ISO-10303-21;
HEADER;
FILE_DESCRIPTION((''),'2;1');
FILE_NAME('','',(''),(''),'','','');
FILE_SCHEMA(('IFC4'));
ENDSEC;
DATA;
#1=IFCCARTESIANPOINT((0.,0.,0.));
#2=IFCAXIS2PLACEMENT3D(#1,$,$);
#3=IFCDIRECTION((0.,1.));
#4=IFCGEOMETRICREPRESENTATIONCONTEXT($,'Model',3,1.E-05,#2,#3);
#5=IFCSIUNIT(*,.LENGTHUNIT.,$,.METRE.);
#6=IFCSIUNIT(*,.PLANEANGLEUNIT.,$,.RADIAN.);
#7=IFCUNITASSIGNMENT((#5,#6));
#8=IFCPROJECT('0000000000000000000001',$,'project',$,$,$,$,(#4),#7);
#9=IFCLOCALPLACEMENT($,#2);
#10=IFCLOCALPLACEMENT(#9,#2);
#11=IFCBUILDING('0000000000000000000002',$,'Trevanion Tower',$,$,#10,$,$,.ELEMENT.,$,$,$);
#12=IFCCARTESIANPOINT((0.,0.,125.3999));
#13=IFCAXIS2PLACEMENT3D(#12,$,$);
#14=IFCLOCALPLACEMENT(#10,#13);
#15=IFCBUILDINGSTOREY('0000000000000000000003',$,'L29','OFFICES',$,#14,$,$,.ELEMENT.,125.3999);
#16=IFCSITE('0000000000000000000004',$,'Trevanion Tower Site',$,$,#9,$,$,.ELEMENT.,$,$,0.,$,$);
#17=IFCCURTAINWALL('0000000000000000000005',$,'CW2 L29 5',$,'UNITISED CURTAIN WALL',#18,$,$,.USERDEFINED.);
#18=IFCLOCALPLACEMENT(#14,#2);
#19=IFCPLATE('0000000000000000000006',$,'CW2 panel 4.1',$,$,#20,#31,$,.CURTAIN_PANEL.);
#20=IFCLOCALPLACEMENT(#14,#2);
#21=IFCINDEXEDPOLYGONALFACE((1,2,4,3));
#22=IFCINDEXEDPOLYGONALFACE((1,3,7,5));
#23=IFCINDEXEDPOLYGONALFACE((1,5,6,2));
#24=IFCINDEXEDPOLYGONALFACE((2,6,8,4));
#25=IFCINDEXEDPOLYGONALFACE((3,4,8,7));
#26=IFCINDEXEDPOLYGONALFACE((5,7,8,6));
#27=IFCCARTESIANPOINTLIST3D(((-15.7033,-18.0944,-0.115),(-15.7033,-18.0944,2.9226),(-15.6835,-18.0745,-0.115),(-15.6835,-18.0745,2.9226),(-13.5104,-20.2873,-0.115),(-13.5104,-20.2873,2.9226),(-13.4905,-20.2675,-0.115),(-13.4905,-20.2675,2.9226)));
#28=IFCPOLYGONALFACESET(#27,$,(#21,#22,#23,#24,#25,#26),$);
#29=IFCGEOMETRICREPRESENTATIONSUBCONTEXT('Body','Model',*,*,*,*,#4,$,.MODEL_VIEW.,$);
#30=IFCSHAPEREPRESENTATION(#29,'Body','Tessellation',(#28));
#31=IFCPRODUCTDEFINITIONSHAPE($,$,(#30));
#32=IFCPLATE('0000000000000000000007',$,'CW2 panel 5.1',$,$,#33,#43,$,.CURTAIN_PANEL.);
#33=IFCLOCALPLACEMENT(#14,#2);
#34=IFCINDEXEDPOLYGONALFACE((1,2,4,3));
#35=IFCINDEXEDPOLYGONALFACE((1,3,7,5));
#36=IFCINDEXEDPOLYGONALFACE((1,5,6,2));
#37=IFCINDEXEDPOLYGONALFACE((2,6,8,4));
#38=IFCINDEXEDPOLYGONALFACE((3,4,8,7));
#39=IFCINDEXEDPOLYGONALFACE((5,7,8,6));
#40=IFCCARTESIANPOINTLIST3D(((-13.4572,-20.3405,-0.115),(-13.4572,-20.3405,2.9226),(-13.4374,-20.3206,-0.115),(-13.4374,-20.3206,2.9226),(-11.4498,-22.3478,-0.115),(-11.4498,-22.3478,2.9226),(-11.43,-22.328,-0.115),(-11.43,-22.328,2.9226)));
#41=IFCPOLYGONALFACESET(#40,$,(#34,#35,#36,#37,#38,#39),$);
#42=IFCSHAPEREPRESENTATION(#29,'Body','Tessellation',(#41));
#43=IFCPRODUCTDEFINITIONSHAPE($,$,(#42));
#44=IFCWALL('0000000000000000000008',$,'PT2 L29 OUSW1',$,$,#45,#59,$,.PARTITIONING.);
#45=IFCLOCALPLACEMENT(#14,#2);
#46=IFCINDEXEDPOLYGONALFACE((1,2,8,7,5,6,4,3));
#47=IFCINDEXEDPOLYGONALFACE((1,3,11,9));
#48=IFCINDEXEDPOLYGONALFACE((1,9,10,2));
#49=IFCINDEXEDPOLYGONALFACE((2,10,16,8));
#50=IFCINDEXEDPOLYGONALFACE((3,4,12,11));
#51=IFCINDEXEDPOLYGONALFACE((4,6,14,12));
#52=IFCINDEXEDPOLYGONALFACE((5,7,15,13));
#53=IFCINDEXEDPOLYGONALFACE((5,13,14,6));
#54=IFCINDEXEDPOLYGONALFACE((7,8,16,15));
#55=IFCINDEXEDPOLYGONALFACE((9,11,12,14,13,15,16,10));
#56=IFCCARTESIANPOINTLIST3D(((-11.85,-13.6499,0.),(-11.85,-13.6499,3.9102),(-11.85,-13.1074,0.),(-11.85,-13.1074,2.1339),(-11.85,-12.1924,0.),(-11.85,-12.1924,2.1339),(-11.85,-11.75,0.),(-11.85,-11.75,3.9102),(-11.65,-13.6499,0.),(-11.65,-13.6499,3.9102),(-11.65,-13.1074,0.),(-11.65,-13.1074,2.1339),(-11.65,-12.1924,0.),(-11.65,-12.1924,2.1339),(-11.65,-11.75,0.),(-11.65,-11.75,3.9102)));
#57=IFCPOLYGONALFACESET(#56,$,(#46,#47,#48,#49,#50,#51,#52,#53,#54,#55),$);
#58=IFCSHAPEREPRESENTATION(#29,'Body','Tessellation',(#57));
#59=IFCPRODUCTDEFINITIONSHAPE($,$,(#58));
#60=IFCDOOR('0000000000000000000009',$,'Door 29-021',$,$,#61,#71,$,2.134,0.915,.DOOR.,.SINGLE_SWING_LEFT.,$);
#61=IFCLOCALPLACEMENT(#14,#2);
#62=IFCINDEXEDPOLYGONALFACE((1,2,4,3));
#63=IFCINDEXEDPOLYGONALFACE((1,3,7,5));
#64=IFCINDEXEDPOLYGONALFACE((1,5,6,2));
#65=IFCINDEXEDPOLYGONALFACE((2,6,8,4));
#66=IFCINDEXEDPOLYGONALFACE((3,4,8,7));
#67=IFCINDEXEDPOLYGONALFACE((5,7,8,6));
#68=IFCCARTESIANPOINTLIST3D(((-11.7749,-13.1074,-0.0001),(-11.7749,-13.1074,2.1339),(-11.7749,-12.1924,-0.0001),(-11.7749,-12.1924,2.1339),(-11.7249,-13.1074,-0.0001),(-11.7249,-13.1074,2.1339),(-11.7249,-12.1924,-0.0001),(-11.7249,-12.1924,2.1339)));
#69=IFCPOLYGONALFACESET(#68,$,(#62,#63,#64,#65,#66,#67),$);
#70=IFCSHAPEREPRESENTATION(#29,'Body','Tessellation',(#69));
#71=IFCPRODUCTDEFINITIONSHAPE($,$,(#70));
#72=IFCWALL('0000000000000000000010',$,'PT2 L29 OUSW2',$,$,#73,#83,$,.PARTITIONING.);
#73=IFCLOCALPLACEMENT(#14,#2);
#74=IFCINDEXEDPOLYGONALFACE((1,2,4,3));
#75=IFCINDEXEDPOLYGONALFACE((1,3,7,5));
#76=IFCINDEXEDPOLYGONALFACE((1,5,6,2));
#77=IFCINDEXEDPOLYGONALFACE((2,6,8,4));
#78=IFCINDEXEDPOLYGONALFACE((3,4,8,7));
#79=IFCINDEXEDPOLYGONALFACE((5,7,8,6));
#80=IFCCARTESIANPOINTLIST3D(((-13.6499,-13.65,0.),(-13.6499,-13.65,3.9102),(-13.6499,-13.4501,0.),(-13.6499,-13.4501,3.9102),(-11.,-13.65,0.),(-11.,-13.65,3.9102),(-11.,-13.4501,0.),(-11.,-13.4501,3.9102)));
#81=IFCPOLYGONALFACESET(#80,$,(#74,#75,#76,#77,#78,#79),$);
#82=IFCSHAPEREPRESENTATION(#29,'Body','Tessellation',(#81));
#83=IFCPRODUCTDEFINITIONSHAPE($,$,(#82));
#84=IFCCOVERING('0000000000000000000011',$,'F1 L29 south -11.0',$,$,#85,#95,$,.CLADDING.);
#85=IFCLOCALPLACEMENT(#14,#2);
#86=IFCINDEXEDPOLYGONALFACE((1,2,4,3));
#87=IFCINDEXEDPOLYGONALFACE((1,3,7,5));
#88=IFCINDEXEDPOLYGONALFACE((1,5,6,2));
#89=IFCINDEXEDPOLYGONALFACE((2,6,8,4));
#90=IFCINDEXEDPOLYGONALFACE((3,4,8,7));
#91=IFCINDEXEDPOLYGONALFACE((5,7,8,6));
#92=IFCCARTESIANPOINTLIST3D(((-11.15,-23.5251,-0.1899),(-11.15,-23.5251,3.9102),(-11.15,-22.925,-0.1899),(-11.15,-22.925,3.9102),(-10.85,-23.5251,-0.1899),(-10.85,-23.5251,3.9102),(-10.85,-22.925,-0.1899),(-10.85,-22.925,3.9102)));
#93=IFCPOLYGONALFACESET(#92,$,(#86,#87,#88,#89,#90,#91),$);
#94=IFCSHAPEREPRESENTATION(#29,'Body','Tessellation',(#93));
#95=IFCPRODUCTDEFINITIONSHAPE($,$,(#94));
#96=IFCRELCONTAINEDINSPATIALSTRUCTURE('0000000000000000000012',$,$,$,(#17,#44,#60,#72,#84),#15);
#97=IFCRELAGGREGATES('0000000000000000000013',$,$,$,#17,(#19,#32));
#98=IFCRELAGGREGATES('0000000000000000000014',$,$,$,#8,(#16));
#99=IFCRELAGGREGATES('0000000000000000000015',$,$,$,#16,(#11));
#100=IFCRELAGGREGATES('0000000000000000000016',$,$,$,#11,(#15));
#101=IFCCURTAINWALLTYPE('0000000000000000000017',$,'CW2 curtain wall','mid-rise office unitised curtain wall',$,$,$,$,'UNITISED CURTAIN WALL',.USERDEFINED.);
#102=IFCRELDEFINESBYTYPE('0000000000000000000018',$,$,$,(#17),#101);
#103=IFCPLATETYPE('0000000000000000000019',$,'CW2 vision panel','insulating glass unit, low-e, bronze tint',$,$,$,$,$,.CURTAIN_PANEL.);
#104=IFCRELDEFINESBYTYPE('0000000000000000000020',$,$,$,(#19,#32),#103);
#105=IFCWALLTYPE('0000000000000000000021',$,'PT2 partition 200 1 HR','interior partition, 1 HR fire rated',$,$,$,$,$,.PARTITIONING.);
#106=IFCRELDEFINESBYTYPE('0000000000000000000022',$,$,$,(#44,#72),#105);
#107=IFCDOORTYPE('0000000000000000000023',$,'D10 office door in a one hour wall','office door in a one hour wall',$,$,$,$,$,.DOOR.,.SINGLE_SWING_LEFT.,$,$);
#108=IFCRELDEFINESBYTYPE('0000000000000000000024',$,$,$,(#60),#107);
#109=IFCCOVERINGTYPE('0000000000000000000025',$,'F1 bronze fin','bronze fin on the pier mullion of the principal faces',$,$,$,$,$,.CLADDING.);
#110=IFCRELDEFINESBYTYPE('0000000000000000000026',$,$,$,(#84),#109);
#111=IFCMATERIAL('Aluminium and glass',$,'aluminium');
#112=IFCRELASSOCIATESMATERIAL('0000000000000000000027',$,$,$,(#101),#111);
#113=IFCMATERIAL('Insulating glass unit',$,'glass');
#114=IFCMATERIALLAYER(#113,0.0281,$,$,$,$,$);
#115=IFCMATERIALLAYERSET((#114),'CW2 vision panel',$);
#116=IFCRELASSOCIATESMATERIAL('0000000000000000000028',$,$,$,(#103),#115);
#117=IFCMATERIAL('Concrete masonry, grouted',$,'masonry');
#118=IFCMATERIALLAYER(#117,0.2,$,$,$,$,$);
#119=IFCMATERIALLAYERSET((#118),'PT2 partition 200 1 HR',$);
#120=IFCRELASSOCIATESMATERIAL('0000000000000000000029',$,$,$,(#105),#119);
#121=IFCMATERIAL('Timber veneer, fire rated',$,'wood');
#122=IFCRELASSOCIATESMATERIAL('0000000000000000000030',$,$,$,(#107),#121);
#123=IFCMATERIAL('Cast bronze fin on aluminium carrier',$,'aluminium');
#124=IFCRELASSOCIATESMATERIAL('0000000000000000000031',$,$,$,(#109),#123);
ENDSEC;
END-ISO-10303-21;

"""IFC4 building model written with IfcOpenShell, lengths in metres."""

from ifc_helpers import new_model, si_unit, direction, frame, frame_2d, origin, origin_2d, place, context, subcontext, project, spatial, rectangle, extrude, material, layer, layer_set, type_object, element, fill, aggregate, save


model = new_model("IFC4")

# Units and contexts
model_context = context("Model", 3, precision=1e-05, world=origin(), true_north=direction((0.0, 1.0)))
body_context = subcontext(model_context, "Body", "Model", "MODEL_VIEW")
ifc_project = project(units=[si_unit("LENGTHUNIT", "METRE"), si_unit("PLANEANGLEUNIT", "RADIAN")], contexts=[model_context])

# Site, building, storey
site_placement = place(None, origin())
site = spatial("IfcSite", under=ifc_project, at=site_placement, Name="Trevanion Tower Site", CompositionType="ELEMENT", RefElevation=0.0)
building_placement = place(site_placement, origin())
building = spatial("IfcBuilding", under=site, at=building_placement, Name="Trevanion Tower", CompositionType="ELEMENT")
storey_placement = place(building_placement, frame((0.0, 0.0, 125.3999)))
storey = spatial("IfcBuildingStorey", under=building, at=storey_placement, Name="L29", Description="OFFICES", CompositionType="ELEMENT", Elevation=125.3999)

# Curtain wall
ifc_material_1 = material(Name="Aluminium and glass", Category="aluminium")
curtain_wall_type = type_object("IfcCurtainWallType", Name="CW2 curtain wall", Description="mid-rise office unitised curtain wall", ElementType="UNITISED CURTAIN WALL", PredefinedType="USERDEFINED", material=ifc_material_1)
curtain_wall_placement = place(storey_placement, origin())
curtain_wall = element("IfcCurtainWall", 1, at=curtain_wall_placement, inside=storey, type_object=curtain_wall_type, Name="CW2 L29 5", ObjectType="UNITISED CURTAIN WALL", PredefinedType="USERDEFINED")

# Plates
ifc_material_2 = material(Name="Insulating glass unit", Category="glass")
ifc_layer_1 = layer(ifc_material_2, 0.0281)
ifc_layer_set_1 = layer_set([ifc_layer_1], Name="CW2 vision panel")
plate_type_1 = type_object("IfcPlateType", Name="CW2 vision panel", Description="insulating glass unit, low-e, bronze tint", PredefinedType="CURTAIN_PANEL", material=ifc_layer_set_1)
plate_1_placement = place(storey_placement, frame((-14.5969, -19.1809, -0.115), z_axis=(0.0, 0.0, 1.0), x_axis=(0.707107, -0.707107, 0.0)))
plate_1 = element("IfcPlate", 2, at=plate_1_placement, type_object=plate_type_1, Name="CW2 panel 4.1", PredefinedType="CURTAIN_PANEL", context=body_context, shape_type="SweptSolid", body=[
    extrude(rectangle(XDim=3.1013, YDim=0.0281, at=origin_2d()), origin(), (0.0, 0.0, 1.0), 3.0376),
])
plate_2_placement = place(storey_placement, frame((-12.4436, -21.3342, -0.115), z_axis=(0.0, 0.0, 1.0), x_axis=(0.707107, -0.707107, 0.0)))
plate_2 = element("IfcPlate", 3, at=plate_2_placement, type_object=plate_type_1, Name="CW2 panel 5.1", PredefinedType="CURTAIN_PANEL", context=body_context, shape_type="SweptSolid", body=[
    extrude(rectangle(XDim=2.8389, YDim=0.0281, at=origin_2d()), origin(), (0.0, 0.0, 1.0), 3.0376),
])
aggregate(curtain_wall, [plate_1, plate_2])

# Wall, opening, door
ifc_material_3 = material(Name="Concrete masonry, grouted", Category="masonry")
ifc_layer_2 = layer(ifc_material_3, 0.2)
ifc_layer_set_2 = layer_set([ifc_layer_2], Name="PT2 partition 200 1 HR")
wall_type = type_object("IfcWallType", Name="PT2 partition 200 1 HR", Description="interior partition, 1 HR fire rated", PredefinedType="PARTITIONING", material=ifc_layer_set_2)
wall_1_placement = place(storey_placement, frame((-11.75, -11.75, 0.0), z_axis=(0.0, 0.0, 1.0), x_axis=(0.0, -1.0, 0.0)))
wall_1 = element("IfcWall", 4, at=wall_1_placement, inside=storey, type_object=wall_type, Name="PT2 L29 OUSW1", PredefinedType="PARTITIONING", context=body_context, shape_type="SweptSolid", body=[
    extrude(rectangle(XDim=1.8999, YDim=0.2, at=frame_2d((0.95, 0.0))), origin(), (0.0, 0.0, 1.0), 3.9102),
])
opening_placement = place(wall_1_placement, frame((0.4424, 0.0, 0.0)))
opening = element("IfcOpeningElement", 5, at=opening_placement, cuts=wall_1, PredefinedType="OPENING", context=body_context, shape_type="SweptSolid", body=[
    extrude(rectangle(XDim=0.915, YDim=2.134, at=frame_2d((0.4575, 1.0669))), frame((0.0, 0.1099, 0.0), z_axis=(0.0, -1.0, 0.0), x_axis=(1.0, 0.0, 0.0)), (0.0, 0.0, 1.0), 0.22),
])
ifc_material_4 = material(Name="Timber veneer, fire rated", Category="wood")
door_type = type_object("IfcDoorType", Name="D10 office door in a one hour wall", Description="office door in a one hour wall", OperationType="SINGLE_SWING_LEFT", PredefinedType="DOOR", material=ifc_material_4)
door_placement = place(opening_placement, frame((0.915, 0.0, 0.0), z_axis=(0.0, 0.0, 1.0), x_axis=(-1.0, 0.0, 0.0)))
door = element("IfcDoor", 6, at=door_placement, inside=storey, type_object=door_type, Name="Door 29-021", OperationType="SINGLE_SWING_LEFT", OverallHeight=2.134, OverallWidth=0.915, PredefinedType="DOOR", context=body_context, shape_type="SweptSolid", body=[
    extrude(rectangle(XDim=0.915, YDim=2.134, at=frame_2d((0.4575, 1.0669))), frame((0.0, 0.0249, 0.0), z_axis=(0.0, -1.0, 0.0), x_axis=(1.0, 0.0, 0.0)), (0.0, 0.0, 1.0), 0.05),
])
fill(opening, door)

# Wall
wall_2_placement = place(storey_placement, frame((-11.0, -13.55, 0.0), z_axis=(0.0, 0.0, 1.0), x_axis=(-1.0, 0.0, 0.0)))
element("IfcWall", 7, at=wall_2_placement, inside=storey, type_object=wall_type, Name="PT2 L29 OUSW2", PredefinedType="PARTITIONING", context=body_context, shape_type="SweptSolid", body=[
    extrude(rectangle(XDim=2.6499, YDim=0.2, at=frame_2d((1.325, 0.0))), origin(), (0.0, 0.0, 1.0), 3.9102),
])

# Covering
ifc_material_5 = material(Name="Cast bronze fin on aluminium carrier", Category="aluminium")
covering_type = type_object("IfcCoveringType", Name="F1 bronze fin", Description="bronze fin on the pier mullion of the principal faces", PredefinedType="CLADDING", material=ifc_material_5)
covering_placement = place(storey_placement, frame((-11.0, -23.2251, -0.1899), z_axis=(0.0, 0.0, 1.0), x_axis=(1.0, 0.0, 0.0)))
element("IfcCovering", 8, at=covering_placement, inside=storey, type_object=covering_type, Name="F1 L29 south -11.0", PredefinedType="CLADDING", context=body_context, shape_type="SweptSolid", body=[
    extrude(rectangle(XDim=0.3, YDim=0.6001, at=origin_2d()), origin(), (0.0, 0.0, 1.0), 4.1001),
])

save(model, "model.ifc")
